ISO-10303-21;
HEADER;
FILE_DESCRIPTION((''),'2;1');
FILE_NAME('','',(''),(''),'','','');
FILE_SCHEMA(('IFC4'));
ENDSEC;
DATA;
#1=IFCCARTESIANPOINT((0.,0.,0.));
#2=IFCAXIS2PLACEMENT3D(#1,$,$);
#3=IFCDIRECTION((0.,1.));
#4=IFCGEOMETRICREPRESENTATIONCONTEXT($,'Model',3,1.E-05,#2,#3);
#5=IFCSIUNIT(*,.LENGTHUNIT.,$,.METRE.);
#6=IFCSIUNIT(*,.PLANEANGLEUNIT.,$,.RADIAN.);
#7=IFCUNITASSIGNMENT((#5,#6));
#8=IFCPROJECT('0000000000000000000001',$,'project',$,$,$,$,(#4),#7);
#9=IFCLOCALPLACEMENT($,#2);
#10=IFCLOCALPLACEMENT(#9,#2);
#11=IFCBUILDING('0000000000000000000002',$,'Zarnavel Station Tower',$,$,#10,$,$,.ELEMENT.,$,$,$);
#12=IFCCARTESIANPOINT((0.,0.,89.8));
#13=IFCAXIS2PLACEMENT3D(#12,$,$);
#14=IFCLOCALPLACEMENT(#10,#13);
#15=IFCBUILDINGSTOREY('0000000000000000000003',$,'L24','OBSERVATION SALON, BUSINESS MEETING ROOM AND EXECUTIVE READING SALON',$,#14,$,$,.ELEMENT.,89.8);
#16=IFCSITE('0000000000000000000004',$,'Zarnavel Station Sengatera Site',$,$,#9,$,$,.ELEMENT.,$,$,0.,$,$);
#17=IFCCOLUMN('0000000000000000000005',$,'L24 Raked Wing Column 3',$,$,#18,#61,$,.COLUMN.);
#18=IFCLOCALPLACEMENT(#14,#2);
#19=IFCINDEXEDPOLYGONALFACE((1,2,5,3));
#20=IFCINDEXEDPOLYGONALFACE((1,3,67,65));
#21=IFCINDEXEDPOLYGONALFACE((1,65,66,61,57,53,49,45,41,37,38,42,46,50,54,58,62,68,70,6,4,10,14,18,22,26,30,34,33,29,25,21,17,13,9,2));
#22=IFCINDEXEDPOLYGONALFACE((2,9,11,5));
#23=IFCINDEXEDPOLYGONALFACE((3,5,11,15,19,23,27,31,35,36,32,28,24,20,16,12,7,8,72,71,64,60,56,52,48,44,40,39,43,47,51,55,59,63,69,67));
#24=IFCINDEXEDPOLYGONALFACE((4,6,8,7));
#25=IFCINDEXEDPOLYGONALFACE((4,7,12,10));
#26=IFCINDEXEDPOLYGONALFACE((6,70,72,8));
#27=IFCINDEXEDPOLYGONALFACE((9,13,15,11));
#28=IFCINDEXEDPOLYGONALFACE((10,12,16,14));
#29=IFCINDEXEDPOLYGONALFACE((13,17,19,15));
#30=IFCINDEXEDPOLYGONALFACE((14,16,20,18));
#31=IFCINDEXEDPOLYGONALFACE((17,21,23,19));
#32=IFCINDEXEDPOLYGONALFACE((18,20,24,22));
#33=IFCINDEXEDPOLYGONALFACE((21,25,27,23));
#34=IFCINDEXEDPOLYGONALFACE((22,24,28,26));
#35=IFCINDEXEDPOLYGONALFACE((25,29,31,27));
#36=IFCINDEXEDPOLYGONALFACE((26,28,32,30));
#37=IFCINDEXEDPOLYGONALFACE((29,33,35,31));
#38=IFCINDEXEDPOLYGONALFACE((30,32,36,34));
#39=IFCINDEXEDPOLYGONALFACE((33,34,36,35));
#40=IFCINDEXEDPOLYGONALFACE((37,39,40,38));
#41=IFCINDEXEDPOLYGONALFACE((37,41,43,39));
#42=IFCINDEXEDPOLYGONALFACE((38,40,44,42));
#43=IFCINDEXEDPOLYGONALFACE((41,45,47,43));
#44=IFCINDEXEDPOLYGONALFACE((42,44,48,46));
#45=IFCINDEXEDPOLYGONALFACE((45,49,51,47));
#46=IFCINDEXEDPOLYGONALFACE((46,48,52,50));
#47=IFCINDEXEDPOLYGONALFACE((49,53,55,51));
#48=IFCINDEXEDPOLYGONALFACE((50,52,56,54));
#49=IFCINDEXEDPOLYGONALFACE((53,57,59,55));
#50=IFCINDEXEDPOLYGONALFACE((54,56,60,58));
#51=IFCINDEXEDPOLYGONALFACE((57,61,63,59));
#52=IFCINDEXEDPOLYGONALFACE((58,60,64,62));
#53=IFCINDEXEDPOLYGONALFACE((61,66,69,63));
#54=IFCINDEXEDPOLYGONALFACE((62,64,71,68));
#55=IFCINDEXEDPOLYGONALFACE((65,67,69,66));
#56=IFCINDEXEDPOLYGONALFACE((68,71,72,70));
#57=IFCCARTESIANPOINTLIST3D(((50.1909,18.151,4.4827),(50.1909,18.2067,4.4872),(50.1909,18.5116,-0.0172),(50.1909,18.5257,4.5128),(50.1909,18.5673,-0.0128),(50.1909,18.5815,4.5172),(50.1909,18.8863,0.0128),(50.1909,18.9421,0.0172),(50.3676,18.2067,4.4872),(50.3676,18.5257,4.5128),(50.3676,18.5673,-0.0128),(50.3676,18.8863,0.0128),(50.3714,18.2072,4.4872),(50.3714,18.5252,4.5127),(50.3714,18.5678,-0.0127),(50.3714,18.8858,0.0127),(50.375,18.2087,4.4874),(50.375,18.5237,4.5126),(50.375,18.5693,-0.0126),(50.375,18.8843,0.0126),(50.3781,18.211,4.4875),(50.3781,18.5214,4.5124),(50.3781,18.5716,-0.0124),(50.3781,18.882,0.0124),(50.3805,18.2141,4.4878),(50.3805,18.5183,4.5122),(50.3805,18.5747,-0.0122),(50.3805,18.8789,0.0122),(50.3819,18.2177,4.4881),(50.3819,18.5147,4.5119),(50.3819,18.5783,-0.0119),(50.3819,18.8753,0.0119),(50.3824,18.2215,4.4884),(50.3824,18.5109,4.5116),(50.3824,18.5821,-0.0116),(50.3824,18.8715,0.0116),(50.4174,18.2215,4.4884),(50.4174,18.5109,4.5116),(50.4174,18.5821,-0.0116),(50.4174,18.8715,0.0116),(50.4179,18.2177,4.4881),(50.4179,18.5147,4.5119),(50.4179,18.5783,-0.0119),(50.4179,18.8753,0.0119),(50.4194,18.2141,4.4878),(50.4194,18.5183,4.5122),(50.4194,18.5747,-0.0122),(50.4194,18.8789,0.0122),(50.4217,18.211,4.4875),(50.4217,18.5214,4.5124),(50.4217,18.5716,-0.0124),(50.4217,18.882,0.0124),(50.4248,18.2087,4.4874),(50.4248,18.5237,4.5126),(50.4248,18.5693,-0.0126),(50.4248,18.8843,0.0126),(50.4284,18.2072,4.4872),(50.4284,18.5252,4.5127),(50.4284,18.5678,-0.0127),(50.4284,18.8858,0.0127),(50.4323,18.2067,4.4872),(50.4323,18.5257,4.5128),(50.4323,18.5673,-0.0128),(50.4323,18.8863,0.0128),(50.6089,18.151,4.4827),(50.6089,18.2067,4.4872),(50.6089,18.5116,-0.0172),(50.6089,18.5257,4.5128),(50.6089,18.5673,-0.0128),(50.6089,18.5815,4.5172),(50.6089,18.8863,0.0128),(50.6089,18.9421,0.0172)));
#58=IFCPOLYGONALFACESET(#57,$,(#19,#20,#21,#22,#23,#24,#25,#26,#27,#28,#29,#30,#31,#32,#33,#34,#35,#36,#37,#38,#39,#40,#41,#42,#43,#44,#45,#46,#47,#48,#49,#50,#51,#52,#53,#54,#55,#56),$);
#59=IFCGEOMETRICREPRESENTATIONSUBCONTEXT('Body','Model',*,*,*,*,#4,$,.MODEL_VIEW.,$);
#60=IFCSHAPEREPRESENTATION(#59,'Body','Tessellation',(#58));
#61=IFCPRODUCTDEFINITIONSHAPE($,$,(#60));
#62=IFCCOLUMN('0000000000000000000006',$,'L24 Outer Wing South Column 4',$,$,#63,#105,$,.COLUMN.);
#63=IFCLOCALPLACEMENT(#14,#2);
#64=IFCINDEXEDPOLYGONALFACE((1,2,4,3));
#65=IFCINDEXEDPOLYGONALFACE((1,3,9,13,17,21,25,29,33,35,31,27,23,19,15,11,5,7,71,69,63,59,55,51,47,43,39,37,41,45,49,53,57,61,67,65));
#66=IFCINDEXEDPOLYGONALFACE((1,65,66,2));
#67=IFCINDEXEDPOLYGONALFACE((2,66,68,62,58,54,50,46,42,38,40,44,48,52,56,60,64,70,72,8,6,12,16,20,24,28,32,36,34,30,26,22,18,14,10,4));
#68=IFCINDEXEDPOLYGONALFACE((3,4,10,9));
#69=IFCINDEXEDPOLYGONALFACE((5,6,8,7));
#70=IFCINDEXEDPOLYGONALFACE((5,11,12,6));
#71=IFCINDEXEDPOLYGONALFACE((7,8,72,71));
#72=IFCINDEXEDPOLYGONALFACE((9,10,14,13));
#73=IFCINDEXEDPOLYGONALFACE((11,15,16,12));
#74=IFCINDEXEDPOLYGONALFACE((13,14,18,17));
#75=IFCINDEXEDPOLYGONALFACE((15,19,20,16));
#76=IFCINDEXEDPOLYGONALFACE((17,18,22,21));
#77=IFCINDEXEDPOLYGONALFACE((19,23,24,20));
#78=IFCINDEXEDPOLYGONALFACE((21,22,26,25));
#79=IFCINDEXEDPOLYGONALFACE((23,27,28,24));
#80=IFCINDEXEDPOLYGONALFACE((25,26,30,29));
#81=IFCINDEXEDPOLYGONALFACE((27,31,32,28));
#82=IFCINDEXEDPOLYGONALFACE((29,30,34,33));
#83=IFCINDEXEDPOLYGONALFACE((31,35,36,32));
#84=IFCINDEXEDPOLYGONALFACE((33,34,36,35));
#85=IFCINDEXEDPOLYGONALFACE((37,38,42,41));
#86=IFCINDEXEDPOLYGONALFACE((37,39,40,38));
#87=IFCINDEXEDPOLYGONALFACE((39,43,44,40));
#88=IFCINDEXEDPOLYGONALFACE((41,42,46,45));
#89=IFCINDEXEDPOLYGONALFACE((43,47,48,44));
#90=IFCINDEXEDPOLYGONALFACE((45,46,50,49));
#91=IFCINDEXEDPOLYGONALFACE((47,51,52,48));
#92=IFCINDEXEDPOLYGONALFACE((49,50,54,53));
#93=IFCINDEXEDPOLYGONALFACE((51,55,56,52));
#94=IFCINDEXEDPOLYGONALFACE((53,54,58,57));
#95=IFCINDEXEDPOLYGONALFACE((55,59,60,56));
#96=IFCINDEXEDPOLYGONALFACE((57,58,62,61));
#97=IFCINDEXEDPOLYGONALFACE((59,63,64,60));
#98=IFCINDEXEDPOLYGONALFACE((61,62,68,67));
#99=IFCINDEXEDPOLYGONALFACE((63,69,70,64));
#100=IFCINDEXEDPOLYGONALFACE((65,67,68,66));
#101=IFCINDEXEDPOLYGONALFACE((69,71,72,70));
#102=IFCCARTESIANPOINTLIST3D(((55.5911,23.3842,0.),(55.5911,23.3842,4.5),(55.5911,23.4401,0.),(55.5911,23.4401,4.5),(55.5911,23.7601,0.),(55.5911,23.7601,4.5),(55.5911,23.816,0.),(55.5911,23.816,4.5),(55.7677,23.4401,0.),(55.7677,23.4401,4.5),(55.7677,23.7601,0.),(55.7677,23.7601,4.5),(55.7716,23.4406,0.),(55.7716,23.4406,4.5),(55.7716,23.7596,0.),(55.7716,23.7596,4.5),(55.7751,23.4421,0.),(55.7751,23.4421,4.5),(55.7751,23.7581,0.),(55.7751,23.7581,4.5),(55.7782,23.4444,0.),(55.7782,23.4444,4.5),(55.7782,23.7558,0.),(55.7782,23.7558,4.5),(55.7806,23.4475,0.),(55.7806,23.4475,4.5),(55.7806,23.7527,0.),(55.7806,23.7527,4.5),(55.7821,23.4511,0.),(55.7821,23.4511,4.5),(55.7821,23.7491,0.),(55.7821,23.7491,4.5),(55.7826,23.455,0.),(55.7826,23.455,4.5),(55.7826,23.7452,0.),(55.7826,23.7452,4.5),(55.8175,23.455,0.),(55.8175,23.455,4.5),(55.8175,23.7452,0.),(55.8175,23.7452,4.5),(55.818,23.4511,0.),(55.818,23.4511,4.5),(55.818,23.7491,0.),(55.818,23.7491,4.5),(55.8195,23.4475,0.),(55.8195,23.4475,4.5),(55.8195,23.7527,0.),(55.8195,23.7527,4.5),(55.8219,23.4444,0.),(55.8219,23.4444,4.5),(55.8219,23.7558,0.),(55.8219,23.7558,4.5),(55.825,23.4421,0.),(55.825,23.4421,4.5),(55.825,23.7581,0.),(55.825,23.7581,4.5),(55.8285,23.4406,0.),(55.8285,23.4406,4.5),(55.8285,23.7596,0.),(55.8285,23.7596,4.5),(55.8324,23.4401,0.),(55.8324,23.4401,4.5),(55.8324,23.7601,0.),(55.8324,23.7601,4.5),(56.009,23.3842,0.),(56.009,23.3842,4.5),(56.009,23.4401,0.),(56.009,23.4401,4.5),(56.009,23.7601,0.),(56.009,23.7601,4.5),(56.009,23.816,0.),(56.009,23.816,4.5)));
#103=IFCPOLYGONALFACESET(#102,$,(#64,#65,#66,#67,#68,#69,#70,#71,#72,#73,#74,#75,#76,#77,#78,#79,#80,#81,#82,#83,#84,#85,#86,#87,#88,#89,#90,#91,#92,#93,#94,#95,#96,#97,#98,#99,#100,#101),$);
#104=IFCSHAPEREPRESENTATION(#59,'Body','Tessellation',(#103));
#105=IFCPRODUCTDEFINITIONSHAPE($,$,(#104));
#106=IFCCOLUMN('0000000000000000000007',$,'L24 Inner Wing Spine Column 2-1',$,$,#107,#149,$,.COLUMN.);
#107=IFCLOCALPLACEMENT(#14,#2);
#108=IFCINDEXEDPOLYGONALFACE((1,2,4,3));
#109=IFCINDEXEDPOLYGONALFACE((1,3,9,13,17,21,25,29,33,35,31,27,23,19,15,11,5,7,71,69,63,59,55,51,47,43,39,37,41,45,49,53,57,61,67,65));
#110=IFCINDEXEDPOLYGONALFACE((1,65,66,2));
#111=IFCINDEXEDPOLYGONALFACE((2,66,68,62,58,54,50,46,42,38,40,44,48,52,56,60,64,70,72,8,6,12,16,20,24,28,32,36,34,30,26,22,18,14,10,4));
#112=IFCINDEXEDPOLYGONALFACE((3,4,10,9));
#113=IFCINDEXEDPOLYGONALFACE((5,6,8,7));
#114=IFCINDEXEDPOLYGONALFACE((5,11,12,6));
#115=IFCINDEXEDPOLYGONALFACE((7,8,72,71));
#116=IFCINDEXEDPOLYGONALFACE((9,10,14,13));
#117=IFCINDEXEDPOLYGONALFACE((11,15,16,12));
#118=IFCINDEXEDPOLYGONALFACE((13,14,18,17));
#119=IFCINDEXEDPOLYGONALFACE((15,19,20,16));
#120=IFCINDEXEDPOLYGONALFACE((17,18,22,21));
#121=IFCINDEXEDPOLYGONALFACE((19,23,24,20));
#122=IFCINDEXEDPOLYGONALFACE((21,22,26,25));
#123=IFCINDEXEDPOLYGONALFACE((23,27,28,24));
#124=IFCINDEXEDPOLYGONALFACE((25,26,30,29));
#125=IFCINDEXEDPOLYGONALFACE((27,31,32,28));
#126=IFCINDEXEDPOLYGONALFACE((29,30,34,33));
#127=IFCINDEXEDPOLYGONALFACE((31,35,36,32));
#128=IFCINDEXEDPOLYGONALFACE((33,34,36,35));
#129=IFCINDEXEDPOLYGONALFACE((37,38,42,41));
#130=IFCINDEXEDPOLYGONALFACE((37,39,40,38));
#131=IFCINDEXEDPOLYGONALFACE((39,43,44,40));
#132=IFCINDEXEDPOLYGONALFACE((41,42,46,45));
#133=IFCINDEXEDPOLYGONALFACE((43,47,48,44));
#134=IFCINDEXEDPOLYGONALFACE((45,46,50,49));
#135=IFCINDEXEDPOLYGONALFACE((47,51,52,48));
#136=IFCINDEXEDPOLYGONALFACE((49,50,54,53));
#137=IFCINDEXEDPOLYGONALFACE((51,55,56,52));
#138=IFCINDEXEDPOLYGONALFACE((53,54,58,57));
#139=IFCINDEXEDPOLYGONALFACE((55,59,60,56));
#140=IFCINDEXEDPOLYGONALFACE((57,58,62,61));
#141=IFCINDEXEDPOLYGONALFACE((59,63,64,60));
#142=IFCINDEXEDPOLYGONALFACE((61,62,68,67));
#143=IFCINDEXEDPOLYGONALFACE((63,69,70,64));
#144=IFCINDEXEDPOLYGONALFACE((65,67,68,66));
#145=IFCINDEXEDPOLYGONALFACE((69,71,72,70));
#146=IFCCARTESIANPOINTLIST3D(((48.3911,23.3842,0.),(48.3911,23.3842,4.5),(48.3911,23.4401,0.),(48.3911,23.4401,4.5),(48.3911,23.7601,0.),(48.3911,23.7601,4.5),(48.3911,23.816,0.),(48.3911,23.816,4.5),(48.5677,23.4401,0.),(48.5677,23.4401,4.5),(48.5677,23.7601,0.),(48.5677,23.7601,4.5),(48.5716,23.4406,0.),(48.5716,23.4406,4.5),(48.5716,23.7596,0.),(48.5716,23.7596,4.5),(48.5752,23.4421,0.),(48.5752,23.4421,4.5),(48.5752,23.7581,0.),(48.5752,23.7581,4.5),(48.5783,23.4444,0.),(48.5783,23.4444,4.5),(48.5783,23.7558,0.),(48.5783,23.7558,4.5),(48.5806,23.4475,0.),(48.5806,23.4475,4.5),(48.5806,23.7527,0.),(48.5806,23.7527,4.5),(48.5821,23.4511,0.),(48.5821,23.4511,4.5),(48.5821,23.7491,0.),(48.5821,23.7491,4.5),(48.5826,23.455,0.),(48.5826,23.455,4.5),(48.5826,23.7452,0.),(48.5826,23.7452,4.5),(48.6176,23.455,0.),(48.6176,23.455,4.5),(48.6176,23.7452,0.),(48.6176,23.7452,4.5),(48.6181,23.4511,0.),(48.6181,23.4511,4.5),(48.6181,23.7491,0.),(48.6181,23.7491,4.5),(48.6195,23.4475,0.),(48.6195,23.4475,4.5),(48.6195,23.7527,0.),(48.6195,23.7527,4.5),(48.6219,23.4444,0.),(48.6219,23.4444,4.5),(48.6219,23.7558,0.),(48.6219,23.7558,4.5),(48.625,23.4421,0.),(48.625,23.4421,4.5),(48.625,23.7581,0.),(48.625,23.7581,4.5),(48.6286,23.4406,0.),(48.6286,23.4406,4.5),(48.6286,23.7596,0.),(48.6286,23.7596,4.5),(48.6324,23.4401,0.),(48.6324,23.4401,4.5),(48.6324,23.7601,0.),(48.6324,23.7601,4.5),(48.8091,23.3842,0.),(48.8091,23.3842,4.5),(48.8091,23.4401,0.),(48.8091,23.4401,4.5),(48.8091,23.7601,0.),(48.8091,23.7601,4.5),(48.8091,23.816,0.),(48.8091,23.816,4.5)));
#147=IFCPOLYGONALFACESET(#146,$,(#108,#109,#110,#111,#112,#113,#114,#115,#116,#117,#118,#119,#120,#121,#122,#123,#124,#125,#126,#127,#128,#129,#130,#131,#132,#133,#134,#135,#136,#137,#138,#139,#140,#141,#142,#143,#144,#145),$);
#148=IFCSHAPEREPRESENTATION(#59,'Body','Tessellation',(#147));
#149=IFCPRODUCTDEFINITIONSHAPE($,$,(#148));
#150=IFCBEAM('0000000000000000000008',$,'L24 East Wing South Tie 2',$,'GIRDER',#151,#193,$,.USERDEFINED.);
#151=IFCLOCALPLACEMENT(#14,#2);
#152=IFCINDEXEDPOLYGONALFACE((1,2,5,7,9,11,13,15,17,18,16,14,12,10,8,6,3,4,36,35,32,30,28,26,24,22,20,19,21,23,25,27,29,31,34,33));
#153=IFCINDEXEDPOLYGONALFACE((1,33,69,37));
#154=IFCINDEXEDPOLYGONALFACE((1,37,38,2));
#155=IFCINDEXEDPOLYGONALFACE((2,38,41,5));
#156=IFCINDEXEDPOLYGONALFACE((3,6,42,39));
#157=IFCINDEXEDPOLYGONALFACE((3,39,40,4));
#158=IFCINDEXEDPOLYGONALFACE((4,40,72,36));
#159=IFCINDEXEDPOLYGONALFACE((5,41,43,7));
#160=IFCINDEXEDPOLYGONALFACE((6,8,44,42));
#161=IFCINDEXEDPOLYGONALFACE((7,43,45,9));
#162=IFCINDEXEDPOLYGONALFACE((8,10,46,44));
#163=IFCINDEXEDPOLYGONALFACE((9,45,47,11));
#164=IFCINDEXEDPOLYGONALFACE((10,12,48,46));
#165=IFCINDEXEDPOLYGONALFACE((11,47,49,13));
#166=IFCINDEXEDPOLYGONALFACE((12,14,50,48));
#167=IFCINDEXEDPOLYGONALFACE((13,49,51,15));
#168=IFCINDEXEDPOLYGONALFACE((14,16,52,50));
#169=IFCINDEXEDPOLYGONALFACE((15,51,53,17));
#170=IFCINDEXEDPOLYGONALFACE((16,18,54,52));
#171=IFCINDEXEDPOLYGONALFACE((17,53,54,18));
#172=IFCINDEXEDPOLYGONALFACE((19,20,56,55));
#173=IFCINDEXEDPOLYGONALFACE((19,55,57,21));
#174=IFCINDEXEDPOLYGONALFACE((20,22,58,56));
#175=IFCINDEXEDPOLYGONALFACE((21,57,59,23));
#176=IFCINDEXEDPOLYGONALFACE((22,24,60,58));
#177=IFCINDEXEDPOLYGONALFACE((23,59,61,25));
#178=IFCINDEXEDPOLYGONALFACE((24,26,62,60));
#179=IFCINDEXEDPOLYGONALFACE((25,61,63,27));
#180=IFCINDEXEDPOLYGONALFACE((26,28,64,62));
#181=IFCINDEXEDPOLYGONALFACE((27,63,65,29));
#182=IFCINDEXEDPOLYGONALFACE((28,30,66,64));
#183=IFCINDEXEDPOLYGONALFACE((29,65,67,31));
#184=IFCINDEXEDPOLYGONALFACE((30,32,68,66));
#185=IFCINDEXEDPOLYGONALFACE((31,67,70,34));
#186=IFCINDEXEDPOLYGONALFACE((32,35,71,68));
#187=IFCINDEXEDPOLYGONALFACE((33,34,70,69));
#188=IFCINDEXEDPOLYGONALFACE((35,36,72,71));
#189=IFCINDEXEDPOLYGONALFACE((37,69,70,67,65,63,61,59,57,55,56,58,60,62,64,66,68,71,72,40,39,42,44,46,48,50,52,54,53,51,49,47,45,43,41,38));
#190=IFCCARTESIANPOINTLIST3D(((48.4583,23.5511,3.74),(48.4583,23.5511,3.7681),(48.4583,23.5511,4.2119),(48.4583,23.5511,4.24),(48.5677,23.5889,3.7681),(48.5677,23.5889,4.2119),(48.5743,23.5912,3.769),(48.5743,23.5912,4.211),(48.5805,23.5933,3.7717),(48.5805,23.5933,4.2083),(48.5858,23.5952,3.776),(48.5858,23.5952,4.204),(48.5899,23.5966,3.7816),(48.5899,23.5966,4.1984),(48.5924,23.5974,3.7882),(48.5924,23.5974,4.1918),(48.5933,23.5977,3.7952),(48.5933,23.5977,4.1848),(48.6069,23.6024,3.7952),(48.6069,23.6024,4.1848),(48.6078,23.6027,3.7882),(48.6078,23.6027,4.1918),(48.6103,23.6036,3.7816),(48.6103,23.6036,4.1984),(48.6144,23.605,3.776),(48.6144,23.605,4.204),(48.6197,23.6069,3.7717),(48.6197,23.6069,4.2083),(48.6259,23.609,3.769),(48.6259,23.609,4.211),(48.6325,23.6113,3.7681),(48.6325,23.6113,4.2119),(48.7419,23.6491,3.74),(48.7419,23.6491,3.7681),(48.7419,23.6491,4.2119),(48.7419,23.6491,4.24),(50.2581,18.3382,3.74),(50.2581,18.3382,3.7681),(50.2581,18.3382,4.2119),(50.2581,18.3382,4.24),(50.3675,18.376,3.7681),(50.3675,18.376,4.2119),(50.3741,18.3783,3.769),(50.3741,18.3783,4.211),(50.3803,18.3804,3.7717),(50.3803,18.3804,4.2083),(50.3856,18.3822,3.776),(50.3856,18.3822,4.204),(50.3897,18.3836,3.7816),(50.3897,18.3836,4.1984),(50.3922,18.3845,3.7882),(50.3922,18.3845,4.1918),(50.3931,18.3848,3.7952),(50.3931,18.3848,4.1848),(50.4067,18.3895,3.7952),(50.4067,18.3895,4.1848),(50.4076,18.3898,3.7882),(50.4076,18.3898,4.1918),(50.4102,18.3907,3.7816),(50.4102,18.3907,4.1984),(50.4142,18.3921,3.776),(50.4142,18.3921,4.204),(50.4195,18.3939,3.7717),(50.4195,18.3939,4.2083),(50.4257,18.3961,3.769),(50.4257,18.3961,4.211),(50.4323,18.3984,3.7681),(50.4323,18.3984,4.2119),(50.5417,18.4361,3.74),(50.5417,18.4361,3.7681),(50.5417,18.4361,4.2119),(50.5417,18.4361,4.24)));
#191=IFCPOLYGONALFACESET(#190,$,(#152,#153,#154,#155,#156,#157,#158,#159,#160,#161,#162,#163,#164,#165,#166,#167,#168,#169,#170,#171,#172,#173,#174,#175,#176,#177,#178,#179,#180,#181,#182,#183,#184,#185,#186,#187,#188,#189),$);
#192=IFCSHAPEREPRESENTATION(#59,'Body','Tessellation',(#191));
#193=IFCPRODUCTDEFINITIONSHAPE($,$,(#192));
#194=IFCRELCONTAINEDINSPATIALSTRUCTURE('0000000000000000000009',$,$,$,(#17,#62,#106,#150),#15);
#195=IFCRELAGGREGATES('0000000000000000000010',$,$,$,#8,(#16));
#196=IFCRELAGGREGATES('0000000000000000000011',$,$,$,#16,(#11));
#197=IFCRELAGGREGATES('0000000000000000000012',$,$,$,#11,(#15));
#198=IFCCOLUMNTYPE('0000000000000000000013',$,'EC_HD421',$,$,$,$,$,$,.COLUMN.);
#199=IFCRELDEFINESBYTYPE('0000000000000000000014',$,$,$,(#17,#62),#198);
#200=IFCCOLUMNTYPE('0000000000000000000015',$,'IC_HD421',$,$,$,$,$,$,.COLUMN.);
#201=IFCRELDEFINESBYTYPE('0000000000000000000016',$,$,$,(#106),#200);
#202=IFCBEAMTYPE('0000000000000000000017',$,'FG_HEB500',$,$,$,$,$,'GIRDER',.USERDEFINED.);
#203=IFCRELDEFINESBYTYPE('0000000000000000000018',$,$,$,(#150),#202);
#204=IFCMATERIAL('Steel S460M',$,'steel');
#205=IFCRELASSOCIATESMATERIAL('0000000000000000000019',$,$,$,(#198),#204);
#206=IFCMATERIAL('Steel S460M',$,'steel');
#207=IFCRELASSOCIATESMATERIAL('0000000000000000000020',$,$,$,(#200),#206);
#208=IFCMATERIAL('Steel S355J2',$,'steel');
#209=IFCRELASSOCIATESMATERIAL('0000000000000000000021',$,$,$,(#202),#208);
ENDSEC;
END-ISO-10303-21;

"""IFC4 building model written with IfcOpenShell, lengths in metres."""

from ifc_helpers import new_model, si_unit, direction, frame, origin, origin_2d, place, context, subcontext, project, spatial, i_section, extrude, material, material_profile, profile_set, type_object, element, save


model = new_model("IFC4")

# Units and contexts
model_context = context("Model", 3, precision=1e-05, world=origin(), true_north=direction((0.0, 1.0)))
body_context = subcontext(model_context, "Body", "Model", "MODEL_VIEW")
ifc_project = project(units=[si_unit("LENGTHUNIT", "METRE"), si_unit("PLANEANGLEUNIT", "RADIAN")], contexts=[model_context])

# Site, building, storey
site_placement = place(None, origin())
site = spatial("IfcSite", under=ifc_project, at=site_placement, Name="Zarnavel Station Sengatera Site", CompositionType="ELEMENT", RefElevation=0.0)
building_placement = place(site_placement, origin())
building = spatial("IfcBuilding", under=site, at=building_placement, Name="Zarnavel Station Tower", CompositionType="ELEMENT")
storey_placement = place(building_placement, frame((0.0, 0.0, 89.8)))
storey = spatial("IfcBuildingStorey", under=building, at=storey_placement, Name="L24", Description="OBSERVATION SALON, BUSINESS MEETING ROOM AND EXECUTIVE READING SALON", CompositionType="ELEMENT", Elevation=89.8)

# Columns
ifc_material_1 = material(Name="Steel S460M", Category="steel")
ifc_material_profile_1 = material_profile(ifc_material_1, i_section(OverallWidth=0.418, OverallDepth=0.4319, WebThickness=0.0349, FlangeThickness=0.0559, FilletRadius=0.0149, at=origin_2d()), Name="HD400x421")
ifc_profile_set_1 = profile_set([ifc_material_profile_1], Name="Steel S460M")
column_type_1 = type_object("IfcColumnType", Name="EC_HD421", PredefinedType="COLUMN", material=ifc_profile_set_1)
column_1_placement = place(storey_placement, frame((50.3999, 18.7268, 0.0), z_axis=(0.0, -0.079876, 0.996805), x_axis=(1.0, 0.0, 0.0)))
element("IfcColumn", 1, at=column_1_placement, inside=storey, type_object=column_type_1, Name="L24 Raked Wing Column 3", PredefinedType="COLUMN", context=body_context, shape_type="SweptSolid", body=[
    extrude(i_section(OverallWidth=0.418, OverallDepth=0.4319, WebThickness=0.0349, FlangeThickness=0.0559, FilletRadius=0.0149, at=origin_2d()), origin(), (0.0, 0.0, 1.0), 4.5144),
])
column_2_placement = place(storey_placement, frame((55.8, 23.6001, 0.0), z_axis=(0.0, 0.0, 1.0), x_axis=(1.0, 0.0, 0.0)))
element("IfcColumn", 2, at=column_2_placement, inside=storey, type_object=column_type_1, Name="L24 Outer Wing South Column 4", PredefinedType="COLUMN", context=body_context, shape_type="SweptSolid", body=[
    extrude(i_section(OverallWidth=0.418, OverallDepth=0.4319, WebThickness=0.0349, FlangeThickness=0.0559, FilletRadius=0.0149, at=origin_2d()), origin(), (0.0, 0.0, 1.0), 4.5),
])
ifc_material_2 = material(Name="Steel S460M", Category="steel")
ifc_material_profile_2 = material_profile(ifc_material_2, i_section(OverallWidth=0.418, OverallDepth=0.4319, WebThickness=0.0349, FlangeThickness=0.0559, FilletRadius=0.0149, at=origin_2d()), Name="HD400x421")
ifc_profile_set_2 = profile_set([ifc_material_profile_2], Name="Steel S460M")
column_type_2 = type_object("IfcColumnType", Name="IC_HD421", PredefinedType="COLUMN", material=ifc_profile_set_2)
column_3_placement = place(storey_placement, frame((48.6001, 23.6001, 0.0), z_axis=(0.0, 0.0, 1.0), x_axis=(1.0, 0.0, 0.0)))
element("IfcColumn", 3, at=column_3_placement, inside=storey, type_object=column_type_2, Name="L24 Inner Wing Spine Column 2-1", PredefinedType="COLUMN", context=body_context, shape_type="SweptSolid", body=[
    extrude(i_section(OverallWidth=0.418, OverallDepth=0.4319, WebThickness=0.0349, FlangeThickness=0.0559, FilletRadius=0.0149, at=origin_2d()), origin(), (0.0, 0.0, 1.0), 4.5),
])

# Beam
ifc_material_3 = material(Name="Steel S355J2", Category="steel")
ifc_material_profile_3 = material_profile(ifc_material_3, i_section(OverallWidth=0.3, OverallDepth=0.5, WebThickness=0.0144, FlangeThickness=0.0281, FilletRadius=0.0271, at=origin_2d()), Name="HEB500")
ifc_profile_set_3 = profile_set([ifc_material_profile_3], Name="Steel S355J2")
beam_type_1 = type_object("IfcBeamType", Name="FG_HEB500", ElementType="GIRDER", PredefinedType="USERDEFINED", material=ifc_profile_set_3)
beam_1_placement = place(storey_placement, frame((48.6001, 23.6001, 3.99), z_axis=(0.326356, -0.945247, 0.0), x_axis=(0.945247, 0.326356, 0.0)))
element("IfcBeam", 4, at=beam_1_placement, inside=storey, type_object=beam_type_1, Name="L24 East Wing South Tie 2", ObjectType="GIRDER", PredefinedType="USERDEFINED", context=body_context, shape_type="SweptSolid", body=[
    extrude(i_section(OverallWidth=0.3, OverallDepth=0.5, WebThickness=0.0144, FlangeThickness=0.0281, FilletRadius=0.0271, at=origin_2d()), origin(), (0.0, 0.0, 1.0), 5.5149),
])

save(model, "model.ifc")
